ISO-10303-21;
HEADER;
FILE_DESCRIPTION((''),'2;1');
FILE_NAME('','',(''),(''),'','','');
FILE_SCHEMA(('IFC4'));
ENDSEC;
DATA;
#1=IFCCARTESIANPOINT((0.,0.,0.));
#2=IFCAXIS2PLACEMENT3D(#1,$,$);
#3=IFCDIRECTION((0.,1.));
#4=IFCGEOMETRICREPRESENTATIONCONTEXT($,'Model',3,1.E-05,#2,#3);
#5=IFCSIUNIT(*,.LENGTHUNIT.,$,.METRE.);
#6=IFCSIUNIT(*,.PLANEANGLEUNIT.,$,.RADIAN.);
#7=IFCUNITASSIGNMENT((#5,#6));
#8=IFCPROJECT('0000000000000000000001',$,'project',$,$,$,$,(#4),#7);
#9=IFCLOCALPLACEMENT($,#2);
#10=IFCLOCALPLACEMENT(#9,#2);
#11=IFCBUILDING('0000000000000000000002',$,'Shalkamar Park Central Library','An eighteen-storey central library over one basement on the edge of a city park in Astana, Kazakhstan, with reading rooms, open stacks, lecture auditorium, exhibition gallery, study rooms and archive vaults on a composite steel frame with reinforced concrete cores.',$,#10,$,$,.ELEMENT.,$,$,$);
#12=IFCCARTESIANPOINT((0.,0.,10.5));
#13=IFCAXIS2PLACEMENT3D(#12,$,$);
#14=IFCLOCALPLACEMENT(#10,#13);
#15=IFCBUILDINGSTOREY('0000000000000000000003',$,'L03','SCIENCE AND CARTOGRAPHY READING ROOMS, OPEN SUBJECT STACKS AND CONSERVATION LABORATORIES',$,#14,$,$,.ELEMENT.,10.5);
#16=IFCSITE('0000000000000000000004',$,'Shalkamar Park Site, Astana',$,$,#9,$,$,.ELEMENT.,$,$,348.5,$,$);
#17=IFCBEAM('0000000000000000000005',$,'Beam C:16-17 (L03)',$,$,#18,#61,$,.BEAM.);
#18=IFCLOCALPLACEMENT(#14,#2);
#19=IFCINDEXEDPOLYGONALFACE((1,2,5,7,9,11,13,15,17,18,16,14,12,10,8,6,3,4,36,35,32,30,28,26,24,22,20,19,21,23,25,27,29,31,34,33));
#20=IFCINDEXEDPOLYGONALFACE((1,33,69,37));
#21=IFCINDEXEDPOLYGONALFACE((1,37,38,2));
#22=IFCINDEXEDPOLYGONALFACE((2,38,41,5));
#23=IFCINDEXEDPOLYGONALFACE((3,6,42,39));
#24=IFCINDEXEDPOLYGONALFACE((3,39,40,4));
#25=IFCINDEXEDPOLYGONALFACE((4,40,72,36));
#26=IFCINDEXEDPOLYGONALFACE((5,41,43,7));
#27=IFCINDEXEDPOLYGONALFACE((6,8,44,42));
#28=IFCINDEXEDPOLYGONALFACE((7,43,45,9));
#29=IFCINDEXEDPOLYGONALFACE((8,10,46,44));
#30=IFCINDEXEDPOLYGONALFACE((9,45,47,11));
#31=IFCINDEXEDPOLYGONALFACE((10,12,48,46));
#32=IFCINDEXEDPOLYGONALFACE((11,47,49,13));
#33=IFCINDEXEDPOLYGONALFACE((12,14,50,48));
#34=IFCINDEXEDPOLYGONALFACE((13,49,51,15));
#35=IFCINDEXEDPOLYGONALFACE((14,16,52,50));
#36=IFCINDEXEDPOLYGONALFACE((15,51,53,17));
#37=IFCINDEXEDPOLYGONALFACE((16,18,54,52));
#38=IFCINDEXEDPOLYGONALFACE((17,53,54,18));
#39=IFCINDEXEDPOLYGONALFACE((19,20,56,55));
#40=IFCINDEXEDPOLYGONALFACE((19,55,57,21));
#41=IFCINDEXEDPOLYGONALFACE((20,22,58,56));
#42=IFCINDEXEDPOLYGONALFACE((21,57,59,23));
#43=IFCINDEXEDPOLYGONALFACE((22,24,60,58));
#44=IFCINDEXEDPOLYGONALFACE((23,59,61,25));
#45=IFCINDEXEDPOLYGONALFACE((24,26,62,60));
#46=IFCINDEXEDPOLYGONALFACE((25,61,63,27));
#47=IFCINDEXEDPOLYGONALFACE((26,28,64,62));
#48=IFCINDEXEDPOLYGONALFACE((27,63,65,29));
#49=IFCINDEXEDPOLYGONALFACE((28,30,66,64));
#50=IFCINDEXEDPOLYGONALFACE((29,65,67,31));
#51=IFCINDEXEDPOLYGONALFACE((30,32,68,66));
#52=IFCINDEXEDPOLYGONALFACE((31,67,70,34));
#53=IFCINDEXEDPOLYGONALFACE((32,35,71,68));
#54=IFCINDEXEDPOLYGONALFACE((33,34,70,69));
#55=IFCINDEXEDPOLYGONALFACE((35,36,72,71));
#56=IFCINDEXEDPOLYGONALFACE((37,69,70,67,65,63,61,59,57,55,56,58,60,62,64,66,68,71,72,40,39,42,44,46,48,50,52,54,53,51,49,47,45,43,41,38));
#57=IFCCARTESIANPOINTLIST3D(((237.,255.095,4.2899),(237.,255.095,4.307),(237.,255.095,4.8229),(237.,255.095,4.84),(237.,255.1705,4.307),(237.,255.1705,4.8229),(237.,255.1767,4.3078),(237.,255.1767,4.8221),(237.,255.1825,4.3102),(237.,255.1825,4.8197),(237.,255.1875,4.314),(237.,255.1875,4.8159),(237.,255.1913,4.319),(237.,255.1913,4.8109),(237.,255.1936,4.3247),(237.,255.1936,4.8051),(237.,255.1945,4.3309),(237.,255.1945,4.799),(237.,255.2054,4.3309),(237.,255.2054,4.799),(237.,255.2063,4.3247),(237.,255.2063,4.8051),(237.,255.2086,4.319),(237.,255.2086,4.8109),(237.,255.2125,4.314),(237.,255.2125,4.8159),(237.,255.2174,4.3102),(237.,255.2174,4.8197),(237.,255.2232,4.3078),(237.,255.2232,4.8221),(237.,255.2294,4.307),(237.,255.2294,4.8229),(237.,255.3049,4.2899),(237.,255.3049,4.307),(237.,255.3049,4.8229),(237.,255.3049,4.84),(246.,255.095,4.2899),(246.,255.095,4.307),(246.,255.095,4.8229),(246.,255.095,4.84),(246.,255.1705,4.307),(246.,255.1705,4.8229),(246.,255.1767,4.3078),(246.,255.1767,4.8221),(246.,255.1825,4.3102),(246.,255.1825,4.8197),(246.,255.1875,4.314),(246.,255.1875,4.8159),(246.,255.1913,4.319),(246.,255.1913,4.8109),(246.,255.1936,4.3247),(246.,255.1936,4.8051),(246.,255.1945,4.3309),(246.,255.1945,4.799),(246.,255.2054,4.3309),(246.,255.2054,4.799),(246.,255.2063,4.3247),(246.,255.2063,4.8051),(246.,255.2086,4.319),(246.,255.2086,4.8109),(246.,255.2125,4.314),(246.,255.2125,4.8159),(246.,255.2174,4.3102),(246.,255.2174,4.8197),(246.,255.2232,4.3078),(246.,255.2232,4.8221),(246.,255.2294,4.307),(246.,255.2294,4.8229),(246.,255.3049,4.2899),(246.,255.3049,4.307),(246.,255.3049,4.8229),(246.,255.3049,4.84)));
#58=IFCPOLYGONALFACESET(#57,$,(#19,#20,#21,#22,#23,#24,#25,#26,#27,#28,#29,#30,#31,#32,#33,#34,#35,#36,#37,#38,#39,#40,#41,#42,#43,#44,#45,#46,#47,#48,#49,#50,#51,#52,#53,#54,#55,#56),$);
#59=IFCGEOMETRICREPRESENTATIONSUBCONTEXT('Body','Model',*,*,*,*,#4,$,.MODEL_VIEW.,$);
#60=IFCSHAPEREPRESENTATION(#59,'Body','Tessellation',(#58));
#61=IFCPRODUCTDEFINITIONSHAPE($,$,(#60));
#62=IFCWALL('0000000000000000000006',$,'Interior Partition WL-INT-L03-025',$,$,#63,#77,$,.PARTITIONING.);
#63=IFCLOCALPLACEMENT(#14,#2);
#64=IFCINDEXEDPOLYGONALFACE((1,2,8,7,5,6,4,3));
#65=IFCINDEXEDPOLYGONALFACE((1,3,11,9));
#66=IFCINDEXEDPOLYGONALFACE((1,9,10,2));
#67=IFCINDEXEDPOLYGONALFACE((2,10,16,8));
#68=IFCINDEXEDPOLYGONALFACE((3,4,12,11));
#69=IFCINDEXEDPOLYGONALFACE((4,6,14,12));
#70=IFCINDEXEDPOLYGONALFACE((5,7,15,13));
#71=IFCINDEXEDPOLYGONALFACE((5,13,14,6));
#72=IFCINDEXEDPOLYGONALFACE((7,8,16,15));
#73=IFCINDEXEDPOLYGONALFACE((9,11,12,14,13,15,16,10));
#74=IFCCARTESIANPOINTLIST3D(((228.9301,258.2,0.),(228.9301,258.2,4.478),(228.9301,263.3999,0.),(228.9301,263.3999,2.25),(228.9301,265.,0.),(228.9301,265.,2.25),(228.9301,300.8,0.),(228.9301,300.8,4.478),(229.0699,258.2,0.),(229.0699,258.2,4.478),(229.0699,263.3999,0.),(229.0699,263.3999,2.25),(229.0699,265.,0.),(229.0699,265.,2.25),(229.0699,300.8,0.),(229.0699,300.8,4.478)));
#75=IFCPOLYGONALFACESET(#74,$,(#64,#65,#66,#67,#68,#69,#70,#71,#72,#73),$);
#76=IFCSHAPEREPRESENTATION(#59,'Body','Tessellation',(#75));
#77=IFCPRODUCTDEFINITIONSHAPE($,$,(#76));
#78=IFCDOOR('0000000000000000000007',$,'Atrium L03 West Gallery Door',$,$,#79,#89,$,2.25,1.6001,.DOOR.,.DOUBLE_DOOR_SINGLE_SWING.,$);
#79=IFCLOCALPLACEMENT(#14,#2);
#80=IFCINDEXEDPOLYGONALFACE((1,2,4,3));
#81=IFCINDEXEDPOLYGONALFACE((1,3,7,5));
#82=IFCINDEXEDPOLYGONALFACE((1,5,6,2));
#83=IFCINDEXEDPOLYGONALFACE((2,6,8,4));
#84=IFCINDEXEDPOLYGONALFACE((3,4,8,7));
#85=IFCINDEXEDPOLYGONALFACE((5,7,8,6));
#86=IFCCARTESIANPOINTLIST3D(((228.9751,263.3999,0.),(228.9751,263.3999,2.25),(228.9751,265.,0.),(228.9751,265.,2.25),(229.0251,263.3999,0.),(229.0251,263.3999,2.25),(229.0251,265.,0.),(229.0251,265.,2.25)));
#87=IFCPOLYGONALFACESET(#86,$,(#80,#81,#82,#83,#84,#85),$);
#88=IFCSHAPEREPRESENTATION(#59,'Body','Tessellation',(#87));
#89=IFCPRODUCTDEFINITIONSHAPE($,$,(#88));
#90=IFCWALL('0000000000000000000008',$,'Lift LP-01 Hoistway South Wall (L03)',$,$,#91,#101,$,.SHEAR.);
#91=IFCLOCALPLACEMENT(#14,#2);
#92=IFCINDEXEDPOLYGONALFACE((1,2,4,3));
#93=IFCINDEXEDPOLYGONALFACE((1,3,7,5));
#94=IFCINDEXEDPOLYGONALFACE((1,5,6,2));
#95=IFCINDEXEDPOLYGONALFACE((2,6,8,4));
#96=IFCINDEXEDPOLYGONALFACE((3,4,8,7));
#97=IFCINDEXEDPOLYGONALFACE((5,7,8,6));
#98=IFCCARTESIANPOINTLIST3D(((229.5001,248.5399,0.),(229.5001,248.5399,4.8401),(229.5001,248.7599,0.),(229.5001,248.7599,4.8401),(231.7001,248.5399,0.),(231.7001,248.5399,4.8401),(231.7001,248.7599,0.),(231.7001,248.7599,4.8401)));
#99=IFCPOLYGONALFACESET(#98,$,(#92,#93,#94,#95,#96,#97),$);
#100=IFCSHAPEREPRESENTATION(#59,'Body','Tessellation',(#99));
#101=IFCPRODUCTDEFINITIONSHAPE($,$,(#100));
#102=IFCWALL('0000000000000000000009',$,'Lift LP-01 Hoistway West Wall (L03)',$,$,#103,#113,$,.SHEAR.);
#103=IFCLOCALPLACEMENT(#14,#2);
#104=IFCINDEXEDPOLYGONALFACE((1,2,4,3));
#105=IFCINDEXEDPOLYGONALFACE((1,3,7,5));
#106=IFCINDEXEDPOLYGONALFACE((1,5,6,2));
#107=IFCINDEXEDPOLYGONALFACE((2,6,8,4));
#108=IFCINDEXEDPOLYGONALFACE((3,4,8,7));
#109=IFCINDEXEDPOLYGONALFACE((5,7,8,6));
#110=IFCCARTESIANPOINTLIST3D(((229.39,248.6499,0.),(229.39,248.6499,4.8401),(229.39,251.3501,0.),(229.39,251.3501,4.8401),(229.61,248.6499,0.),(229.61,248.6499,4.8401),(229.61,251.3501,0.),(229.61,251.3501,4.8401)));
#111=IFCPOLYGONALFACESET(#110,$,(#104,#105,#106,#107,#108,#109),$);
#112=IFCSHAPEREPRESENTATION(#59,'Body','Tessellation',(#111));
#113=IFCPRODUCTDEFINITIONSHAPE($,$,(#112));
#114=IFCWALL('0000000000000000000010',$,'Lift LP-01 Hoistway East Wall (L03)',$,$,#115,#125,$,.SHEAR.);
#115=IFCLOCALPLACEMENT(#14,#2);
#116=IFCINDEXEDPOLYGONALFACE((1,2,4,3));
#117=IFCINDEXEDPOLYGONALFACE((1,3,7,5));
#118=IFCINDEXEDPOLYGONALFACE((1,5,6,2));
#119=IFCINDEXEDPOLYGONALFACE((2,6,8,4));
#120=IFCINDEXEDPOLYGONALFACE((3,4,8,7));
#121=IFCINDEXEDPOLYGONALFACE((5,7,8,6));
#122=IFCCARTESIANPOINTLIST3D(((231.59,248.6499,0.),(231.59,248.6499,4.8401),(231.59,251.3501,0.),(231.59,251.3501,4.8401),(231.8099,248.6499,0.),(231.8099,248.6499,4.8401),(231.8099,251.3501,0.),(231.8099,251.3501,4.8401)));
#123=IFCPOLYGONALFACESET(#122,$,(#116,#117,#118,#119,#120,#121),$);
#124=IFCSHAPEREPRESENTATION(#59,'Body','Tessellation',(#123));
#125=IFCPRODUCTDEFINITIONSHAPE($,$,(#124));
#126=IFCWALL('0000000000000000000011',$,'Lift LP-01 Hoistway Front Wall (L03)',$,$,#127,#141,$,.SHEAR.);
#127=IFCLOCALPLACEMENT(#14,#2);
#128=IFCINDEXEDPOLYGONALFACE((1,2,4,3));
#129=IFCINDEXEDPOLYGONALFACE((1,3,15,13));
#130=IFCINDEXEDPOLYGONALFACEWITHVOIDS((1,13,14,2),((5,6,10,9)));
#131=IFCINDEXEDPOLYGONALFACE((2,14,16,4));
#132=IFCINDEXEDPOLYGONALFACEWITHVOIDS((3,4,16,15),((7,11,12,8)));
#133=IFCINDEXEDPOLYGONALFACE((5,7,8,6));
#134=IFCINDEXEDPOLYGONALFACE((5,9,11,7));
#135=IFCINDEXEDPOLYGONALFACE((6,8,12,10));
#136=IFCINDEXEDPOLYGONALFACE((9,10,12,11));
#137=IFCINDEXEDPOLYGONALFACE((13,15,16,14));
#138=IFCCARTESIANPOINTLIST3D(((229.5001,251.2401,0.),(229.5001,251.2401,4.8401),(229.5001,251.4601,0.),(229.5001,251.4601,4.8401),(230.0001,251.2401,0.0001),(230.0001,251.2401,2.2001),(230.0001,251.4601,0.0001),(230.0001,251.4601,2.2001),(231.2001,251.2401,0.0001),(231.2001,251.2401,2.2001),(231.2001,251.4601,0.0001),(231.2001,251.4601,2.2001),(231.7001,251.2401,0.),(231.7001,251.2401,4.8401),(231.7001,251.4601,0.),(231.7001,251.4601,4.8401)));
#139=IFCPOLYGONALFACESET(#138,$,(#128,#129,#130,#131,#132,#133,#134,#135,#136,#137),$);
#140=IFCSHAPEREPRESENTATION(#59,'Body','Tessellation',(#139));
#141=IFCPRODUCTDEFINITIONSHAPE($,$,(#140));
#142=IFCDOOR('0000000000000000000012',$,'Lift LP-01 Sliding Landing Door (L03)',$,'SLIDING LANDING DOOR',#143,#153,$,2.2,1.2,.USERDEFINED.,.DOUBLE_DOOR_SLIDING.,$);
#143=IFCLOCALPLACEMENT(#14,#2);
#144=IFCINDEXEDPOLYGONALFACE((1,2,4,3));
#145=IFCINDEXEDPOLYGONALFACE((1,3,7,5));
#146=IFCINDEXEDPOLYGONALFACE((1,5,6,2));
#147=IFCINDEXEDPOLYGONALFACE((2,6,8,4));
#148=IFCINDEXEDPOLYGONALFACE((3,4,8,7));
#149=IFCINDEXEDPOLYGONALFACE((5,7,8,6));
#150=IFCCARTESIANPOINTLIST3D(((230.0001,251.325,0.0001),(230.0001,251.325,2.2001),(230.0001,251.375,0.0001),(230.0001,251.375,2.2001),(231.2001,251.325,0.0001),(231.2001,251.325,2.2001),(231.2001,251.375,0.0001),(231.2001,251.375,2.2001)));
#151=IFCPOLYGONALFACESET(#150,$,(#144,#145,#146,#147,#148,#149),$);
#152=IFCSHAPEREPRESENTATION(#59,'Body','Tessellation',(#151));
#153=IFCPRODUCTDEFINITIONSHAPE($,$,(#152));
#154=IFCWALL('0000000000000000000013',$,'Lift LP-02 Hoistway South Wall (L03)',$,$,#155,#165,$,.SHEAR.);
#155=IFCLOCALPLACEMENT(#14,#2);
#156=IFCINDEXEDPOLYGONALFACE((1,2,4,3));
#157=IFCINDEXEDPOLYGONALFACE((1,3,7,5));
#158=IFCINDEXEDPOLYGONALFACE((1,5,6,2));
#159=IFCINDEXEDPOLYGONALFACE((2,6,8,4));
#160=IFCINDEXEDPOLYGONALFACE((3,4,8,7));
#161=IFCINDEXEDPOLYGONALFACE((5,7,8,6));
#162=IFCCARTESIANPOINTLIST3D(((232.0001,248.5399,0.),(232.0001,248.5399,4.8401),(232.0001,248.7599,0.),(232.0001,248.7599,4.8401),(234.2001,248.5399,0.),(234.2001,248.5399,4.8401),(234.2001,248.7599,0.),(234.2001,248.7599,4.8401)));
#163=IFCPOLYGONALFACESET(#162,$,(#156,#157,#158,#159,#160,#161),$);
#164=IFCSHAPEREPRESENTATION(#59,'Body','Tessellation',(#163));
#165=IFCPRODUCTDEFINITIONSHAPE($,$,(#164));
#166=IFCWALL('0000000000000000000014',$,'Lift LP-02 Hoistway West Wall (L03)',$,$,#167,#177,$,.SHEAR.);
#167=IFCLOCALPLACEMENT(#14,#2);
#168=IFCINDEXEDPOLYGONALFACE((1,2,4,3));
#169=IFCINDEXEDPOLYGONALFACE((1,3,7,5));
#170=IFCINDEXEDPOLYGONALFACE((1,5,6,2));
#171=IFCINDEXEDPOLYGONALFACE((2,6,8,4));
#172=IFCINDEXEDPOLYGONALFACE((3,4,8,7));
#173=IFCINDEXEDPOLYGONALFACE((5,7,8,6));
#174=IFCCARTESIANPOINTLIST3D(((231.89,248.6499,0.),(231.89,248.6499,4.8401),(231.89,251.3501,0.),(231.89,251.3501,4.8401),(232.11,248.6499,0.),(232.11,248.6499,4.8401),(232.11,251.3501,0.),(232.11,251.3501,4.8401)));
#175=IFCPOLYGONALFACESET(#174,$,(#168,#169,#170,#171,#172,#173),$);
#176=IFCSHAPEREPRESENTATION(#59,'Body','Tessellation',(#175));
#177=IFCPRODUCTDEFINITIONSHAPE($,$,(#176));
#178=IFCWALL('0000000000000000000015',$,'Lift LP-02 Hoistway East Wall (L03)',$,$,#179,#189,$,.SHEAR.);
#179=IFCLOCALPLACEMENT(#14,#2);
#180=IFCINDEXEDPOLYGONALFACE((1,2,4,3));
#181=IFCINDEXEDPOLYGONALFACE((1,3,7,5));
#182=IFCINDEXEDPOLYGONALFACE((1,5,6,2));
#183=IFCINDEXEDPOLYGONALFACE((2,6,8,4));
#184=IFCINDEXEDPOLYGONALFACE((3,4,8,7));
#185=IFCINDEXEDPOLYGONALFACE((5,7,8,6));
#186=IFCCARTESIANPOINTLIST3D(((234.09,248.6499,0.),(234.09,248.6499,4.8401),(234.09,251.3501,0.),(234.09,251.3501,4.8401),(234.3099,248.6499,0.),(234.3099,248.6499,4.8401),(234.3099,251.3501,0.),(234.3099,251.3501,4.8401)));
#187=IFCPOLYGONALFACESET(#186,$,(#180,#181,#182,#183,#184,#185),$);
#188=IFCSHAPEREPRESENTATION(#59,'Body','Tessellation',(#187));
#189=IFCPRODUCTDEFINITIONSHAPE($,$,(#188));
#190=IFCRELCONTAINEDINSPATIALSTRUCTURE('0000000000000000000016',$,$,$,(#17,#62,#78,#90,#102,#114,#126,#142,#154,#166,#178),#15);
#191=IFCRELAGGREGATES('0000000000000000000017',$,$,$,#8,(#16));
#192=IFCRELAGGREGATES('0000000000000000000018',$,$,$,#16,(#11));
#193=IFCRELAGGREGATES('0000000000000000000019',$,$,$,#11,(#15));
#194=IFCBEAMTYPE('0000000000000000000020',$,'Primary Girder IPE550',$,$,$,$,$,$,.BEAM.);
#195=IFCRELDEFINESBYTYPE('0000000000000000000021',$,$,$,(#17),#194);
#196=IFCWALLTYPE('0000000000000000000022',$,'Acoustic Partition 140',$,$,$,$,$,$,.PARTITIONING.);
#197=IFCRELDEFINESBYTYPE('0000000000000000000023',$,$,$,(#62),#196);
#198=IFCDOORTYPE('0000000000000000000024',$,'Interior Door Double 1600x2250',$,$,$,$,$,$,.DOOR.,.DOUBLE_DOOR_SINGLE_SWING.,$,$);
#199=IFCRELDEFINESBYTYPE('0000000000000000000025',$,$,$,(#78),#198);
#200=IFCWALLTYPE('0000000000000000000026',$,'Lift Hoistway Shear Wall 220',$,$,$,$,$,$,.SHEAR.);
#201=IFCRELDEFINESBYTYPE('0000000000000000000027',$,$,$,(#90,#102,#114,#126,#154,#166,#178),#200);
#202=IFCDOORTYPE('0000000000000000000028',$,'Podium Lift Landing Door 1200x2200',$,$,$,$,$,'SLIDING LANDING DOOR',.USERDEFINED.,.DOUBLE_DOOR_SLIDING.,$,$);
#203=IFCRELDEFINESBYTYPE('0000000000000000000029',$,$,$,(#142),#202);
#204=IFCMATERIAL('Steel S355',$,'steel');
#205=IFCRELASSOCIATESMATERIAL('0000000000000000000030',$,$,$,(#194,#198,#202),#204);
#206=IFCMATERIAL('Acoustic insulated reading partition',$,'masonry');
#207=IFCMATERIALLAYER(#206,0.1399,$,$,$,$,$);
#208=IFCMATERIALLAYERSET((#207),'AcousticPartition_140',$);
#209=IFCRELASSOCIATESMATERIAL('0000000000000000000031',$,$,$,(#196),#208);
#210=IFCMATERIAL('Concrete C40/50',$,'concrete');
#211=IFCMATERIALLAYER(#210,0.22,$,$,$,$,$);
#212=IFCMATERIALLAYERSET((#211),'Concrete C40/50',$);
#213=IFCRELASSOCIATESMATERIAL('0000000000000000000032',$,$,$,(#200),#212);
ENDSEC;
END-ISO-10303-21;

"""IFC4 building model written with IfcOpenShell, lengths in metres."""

from ifc_helpers import new_model, si_unit, direction, frame, frame_2d, origin, origin_2d, place, context, subcontext, project, spatial, rectangle, i_section, extrude, material, layer, layer_set, material_profile, profile_set, type_object, element, fill, save


model = new_model("IFC4")

# Units and contexts
model_context = context("Model", 3, precision=1e-05, world=origin(), true_north=direction((0.0, 1.0)))
body_context = subcontext(model_context, "Body", "Model", "MODEL_VIEW")
ifc_project = project(units=[si_unit("LENGTHUNIT", "METRE"), si_unit("PLANEANGLEUNIT", "RADIAN")], contexts=[model_context])

# Site, building, storey
site_placement = place(None, origin())
site = spatial("IfcSite", under=ifc_project, at=site_placement, Name="Shalkamar Park Site, Astana", CompositionType="ELEMENT", RefElevation=348.5)
building_placement = place(site_placement, origin())
building = spatial("IfcBuilding", under=site, at=building_placement, Name="Shalkamar Park Central Library", Description="An eighteen-storey central library over one basement on the edge of a city park in Astana, Kazakhstan, with reading rooms, open stacks, lecture auditorium, exhibition gallery, study rooms and archive vaults on a composite steel frame with reinforced concrete cores.", CompositionType="ELEMENT")
storey_placement = place(building_placement, frame((0.0, 0.0, 10.5)))
storey = spatial("IfcBuildingStorey", under=building, at=storey_placement, Name="L03", Description="SCIENCE AND CARTOGRAPHY READING ROOMS, OPEN SUBJECT STACKS AND CONSERVATION LABORATORIES", CompositionType="ELEMENT", Elevation=10.5)

# Shared definitions
ifc_material_1 = material(Name="Steel S355", Category="steel")

# Beam
ifc_material_profile_1 = material_profile(ifc_material_1, i_section(OverallWidth=0.21, OverallDepth=0.55, WebThickness=0.011, FlangeThickness=0.0171, FilletRadius=0.0239, at=origin_2d()), Name="IPE 550")
ifc_profile_set_1 = profile_set([ifc_material_profile_1], Name="Steel S355")
beam_type_1 = type_object("IfcBeamType", Name="Primary Girder IPE550", PredefinedType="BEAM", material=ifc_profile_set_1)
beam_1_placement = place(storey_placement, frame((237.0, 255.2, 4.5649), z_axis=(1.0, 0.0, 0.0), x_axis=(0.0, 1.0, 0.0)))
element("IfcBeam", 1, at=beam_1_placement, inside=storey, type_object=beam_type_1, Name="Beam C:16-17 (L03)", PredefinedType="BEAM", context=body_context, shape_type="SweptSolid", body=[
    extrude(i_section(OverallWidth=0.21, OverallDepth=0.55, WebThickness=0.011, FlangeThickness=0.0171, FilletRadius=0.0239, at=origin_2d()), origin(), (0.0, 0.0, 1.0), 9.0),
])

# Wall, opening, door
ifc_material_2 = material(Name="Acoustic insulated reading partition", Category="masonry")
ifc_layer_1 = layer(ifc_material_2, 0.1399)
ifc_layer_set_1 = layer_set([ifc_layer_1], Name="AcousticPartition_140")
wall_type_1 = type_object("IfcWallType", Name="Acoustic Partition 140", PredefinedType="PARTITIONING", material=ifc_layer_set_1)
wall_1_placement = place(storey_placement, frame((229.0, 258.2, 0.0), z_axis=(0.0, 0.0, 1.0), x_axis=(0.0, 1.0, 0.0)))
wall_1 = element("IfcWall", 2, at=wall_1_placement, inside=storey, type_object=wall_type_1, Name="Interior Partition WL-INT-L03-025", PredefinedType="PARTITIONING", context=body_context, shape_type="SweptSolid", body=[
    extrude(rectangle(XDim=42.6001, YDim=0.1399, at=frame_2d((21.3, 0.0))), origin(), (0.0, 0.0, 1.0), 4.478),
])
opening_1_placement = place(wall_1_placement, frame((5.2, 0.0, 0.0)))
opening_1 = element("IfcOpeningElement", 3, at=opening_1_placement, cuts=wall_1, PredefinedType="OPENING", context=body_context, shape_type="SweptSolid", body=[
    extrude(rectangle(XDim=1.6001, YDim=2.25, at=frame_2d((0.8, 1.125))), frame((0.0, 0.085, 0.0), z_axis=(0.0, -1.0, 0.0), x_axis=(1.0, 0.0, 0.0)), (0.0, 0.0, 1.0), 0.1697),
])
door_type_1 = type_object("IfcDoorType", Name="Interior Door Double 1600x2250", OperationType="DOUBLE_DOOR_SINGLE_SWING", PredefinedType="DOOR", material=ifc_material_1)
door_1_placement = place(opening_1_placement, origin())
door_1 = element("IfcDoor", 4, at=door_1_placement, inside=storey, type_object=door_type_1, Name="Atrium L03 West Gallery Door", OperationType="DOUBLE_DOOR_SINGLE_SWING", OverallHeight=2.25, OverallWidth=1.6001, PredefinedType="DOOR", context=body_context, shape_type="SweptSolid", body=[
    extrude(rectangle(XDim=1.6001, YDim=2.25, at=frame_2d((0.8, 1.125))), frame((0.0, 0.0249, 0.0), z_axis=(0.0, -1.0, 0.0), x_axis=(1.0, 0.0, 0.0)), (0.0, 0.0, 1.0), 0.05),
])
fill(opening_1, door_1)

# Walls
ifc_material_3 = material(Name="Concrete C40/50", Category="concrete")
ifc_layer_2 = layer(ifc_material_3, 0.22)
ifc_layer_set_2 = layer_set([ifc_layer_2], Name="Concrete C40/50")
wall_type_2 = type_object("IfcWallType", Name="Lift Hoistway Shear Wall 220", PredefinedType="SHEAR", material=ifc_layer_set_2)
wall_2_placement = place(storey_placement, frame((229.5, 248.6499, 0.0), z_axis=(0.0, 0.0, 1.0), x_axis=(1.0, 0.0, 0.0)))
element("IfcWall", 5, at=wall_2_placement, inside=storey, type_object=wall_type_2, Name="Lift LP-01 Hoistway South Wall (L03)", PredefinedType="SHEAR", context=body_context, shape_type="SweptSolid", body=[
    extrude(rectangle(XDim=2.2, YDim=0.22, at=frame_2d((1.1001, 0.0))), origin(), (0.0, 0.0, 1.0), 4.8401),
])
for number, where, z_axis, x_axis, name in (
    (6, (229.5, 248.6499, 0.0), (0.0, 0.0, 1.0), (0.0, 1.0, 0.0), "Lift LP-01 Hoistway West Wall (L03)"),
    (7, (231.7, 248.6499, 0.0), (0.0, 0.0, 1.0), (0.0, 1.0, 0.0), "Lift LP-01 Hoistway East Wall (L03)"),
):
    element("IfcWall", number, at=place(storey_placement, frame(where, z_axis=z_axis, x_axis=x_axis)), inside=storey, type_object=wall_type_2, Name=name, PredefinedType="SHEAR", context=body_context, shape_type="SweptSolid", body=[
        extrude(rectangle(XDim=2.7002, YDim=0.22, at=frame_2d((1.3501, 0.0))), origin(), (0.0, 0.0, 1.0), 4.8401),
    ])

# Wall, opening, door
wall_3_placement = place(storey_placement, frame((229.5, 251.3501, 0.0), z_axis=(0.0, 0.0, 1.0), x_axis=(1.0, 0.0, 0.0)))
wall_3 = element("IfcWall", 8, at=wall_3_placement, inside=storey, type_object=wall_type_2, Name="Lift LP-01 Hoistway Front Wall (L03)", PredefinedType="SHEAR", context=body_context, shape_type="SweptSolid", body=[
    extrude(rectangle(XDim=2.2, YDim=0.22, at=frame_2d((1.1001, 0.0))), origin(), (0.0, 0.0, 1.0), 4.8401),
])
opening_2_placement = place(wall_3_placement, frame((0.5, 0.0, 0.0)))
opening_2 = element("IfcOpeningElement", 9, at=opening_2_placement, cuts=wall_3, PredefinedType="OPENING", context=body_context, shape_type="SweptSolid", body=[
    extrude(rectangle(XDim=1.2, YDim=2.2, at=frame_2d((0.6001, 1.1001))), frame((0.0, 0.125, 0.0), z_axis=(0.0, -1.0, 0.0), x_axis=(1.0, 0.0, 0.0)), (0.0, 0.0, 1.0), 0.2498),
])
door_type_2 = type_object("IfcDoorType", Name="Podium Lift Landing Door 1200x2200", ElementType="SLIDING LANDING DOOR", OperationType="DOUBLE_DOOR_SLIDING", PredefinedType="USERDEFINED", material=ifc_material_1)
door_2_placement = place(opening_2_placement, origin())
door_2 = element("IfcDoor", 10, at=door_2_placement, inside=storey, type_object=door_type_2, Name="Lift LP-01 Sliding Landing Door (L03)", ObjectType="SLIDING LANDING DOOR", OperationType="DOUBLE_DOOR_SLIDING", OverallHeight=2.2, OverallWidth=1.2, PredefinedType="USERDEFINED", context=body_context, shape_type="SweptSolid", body=[
    extrude(rectangle(XDim=1.2, YDim=2.2, at=frame_2d((0.6001, 1.1001))), frame((0.0, 0.0249, 0.0), z_axis=(0.0, -1.0, 0.0), x_axis=(1.0, 0.0, 0.0)), (0.0, 0.0, 1.0), 0.05),
])
fill(opening_2, door_2)

# Walls
wall_4_placement = place(storey_placement, frame((232.0, 248.6499, 0.0), z_axis=(0.0, 0.0, 1.0), x_axis=(1.0, 0.0, 0.0)))
element("IfcWall", 11, at=wall_4_placement, inside=storey, type_object=wall_type_2, Name="Lift LP-02 Hoistway South Wall (L03)", PredefinedType="SHEAR", context=body_context, shape_type="SweptSolid", body=[
    extrude(rectangle(XDim=2.2, YDim=0.22, at=frame_2d((1.1001, 0.0))), origin(), (0.0, 0.0, 1.0), 4.8401),
])
for number, where, z_axis, x_axis, name in (
    (12, (232.0, 248.6499, 0.0), (0.0, 0.0, 1.0), (0.0, 1.0, 0.0), "Lift LP-02 Hoistway West Wall (L03)"),
    (13, (234.2, 248.6499, 0.0), (0.0, 0.0, 1.0), (0.0, 1.0, 0.0), "Lift LP-02 Hoistway East Wall (L03)"),
):
    element("IfcWall", number, at=place(storey_placement, frame(where, z_axis=z_axis, x_axis=x_axis)), inside=storey, type_object=wall_type_2, Name=name, PredefinedType="SHEAR", context=body_context, shape_type="SweptSolid", body=[
        extrude(rectangle(XDim=2.7002, YDim=0.22, at=frame_2d((1.3501, 0.0))), origin(), (0.0, 0.0, 1.0), 4.8401),
    ])

save(model, "model.ifc")
